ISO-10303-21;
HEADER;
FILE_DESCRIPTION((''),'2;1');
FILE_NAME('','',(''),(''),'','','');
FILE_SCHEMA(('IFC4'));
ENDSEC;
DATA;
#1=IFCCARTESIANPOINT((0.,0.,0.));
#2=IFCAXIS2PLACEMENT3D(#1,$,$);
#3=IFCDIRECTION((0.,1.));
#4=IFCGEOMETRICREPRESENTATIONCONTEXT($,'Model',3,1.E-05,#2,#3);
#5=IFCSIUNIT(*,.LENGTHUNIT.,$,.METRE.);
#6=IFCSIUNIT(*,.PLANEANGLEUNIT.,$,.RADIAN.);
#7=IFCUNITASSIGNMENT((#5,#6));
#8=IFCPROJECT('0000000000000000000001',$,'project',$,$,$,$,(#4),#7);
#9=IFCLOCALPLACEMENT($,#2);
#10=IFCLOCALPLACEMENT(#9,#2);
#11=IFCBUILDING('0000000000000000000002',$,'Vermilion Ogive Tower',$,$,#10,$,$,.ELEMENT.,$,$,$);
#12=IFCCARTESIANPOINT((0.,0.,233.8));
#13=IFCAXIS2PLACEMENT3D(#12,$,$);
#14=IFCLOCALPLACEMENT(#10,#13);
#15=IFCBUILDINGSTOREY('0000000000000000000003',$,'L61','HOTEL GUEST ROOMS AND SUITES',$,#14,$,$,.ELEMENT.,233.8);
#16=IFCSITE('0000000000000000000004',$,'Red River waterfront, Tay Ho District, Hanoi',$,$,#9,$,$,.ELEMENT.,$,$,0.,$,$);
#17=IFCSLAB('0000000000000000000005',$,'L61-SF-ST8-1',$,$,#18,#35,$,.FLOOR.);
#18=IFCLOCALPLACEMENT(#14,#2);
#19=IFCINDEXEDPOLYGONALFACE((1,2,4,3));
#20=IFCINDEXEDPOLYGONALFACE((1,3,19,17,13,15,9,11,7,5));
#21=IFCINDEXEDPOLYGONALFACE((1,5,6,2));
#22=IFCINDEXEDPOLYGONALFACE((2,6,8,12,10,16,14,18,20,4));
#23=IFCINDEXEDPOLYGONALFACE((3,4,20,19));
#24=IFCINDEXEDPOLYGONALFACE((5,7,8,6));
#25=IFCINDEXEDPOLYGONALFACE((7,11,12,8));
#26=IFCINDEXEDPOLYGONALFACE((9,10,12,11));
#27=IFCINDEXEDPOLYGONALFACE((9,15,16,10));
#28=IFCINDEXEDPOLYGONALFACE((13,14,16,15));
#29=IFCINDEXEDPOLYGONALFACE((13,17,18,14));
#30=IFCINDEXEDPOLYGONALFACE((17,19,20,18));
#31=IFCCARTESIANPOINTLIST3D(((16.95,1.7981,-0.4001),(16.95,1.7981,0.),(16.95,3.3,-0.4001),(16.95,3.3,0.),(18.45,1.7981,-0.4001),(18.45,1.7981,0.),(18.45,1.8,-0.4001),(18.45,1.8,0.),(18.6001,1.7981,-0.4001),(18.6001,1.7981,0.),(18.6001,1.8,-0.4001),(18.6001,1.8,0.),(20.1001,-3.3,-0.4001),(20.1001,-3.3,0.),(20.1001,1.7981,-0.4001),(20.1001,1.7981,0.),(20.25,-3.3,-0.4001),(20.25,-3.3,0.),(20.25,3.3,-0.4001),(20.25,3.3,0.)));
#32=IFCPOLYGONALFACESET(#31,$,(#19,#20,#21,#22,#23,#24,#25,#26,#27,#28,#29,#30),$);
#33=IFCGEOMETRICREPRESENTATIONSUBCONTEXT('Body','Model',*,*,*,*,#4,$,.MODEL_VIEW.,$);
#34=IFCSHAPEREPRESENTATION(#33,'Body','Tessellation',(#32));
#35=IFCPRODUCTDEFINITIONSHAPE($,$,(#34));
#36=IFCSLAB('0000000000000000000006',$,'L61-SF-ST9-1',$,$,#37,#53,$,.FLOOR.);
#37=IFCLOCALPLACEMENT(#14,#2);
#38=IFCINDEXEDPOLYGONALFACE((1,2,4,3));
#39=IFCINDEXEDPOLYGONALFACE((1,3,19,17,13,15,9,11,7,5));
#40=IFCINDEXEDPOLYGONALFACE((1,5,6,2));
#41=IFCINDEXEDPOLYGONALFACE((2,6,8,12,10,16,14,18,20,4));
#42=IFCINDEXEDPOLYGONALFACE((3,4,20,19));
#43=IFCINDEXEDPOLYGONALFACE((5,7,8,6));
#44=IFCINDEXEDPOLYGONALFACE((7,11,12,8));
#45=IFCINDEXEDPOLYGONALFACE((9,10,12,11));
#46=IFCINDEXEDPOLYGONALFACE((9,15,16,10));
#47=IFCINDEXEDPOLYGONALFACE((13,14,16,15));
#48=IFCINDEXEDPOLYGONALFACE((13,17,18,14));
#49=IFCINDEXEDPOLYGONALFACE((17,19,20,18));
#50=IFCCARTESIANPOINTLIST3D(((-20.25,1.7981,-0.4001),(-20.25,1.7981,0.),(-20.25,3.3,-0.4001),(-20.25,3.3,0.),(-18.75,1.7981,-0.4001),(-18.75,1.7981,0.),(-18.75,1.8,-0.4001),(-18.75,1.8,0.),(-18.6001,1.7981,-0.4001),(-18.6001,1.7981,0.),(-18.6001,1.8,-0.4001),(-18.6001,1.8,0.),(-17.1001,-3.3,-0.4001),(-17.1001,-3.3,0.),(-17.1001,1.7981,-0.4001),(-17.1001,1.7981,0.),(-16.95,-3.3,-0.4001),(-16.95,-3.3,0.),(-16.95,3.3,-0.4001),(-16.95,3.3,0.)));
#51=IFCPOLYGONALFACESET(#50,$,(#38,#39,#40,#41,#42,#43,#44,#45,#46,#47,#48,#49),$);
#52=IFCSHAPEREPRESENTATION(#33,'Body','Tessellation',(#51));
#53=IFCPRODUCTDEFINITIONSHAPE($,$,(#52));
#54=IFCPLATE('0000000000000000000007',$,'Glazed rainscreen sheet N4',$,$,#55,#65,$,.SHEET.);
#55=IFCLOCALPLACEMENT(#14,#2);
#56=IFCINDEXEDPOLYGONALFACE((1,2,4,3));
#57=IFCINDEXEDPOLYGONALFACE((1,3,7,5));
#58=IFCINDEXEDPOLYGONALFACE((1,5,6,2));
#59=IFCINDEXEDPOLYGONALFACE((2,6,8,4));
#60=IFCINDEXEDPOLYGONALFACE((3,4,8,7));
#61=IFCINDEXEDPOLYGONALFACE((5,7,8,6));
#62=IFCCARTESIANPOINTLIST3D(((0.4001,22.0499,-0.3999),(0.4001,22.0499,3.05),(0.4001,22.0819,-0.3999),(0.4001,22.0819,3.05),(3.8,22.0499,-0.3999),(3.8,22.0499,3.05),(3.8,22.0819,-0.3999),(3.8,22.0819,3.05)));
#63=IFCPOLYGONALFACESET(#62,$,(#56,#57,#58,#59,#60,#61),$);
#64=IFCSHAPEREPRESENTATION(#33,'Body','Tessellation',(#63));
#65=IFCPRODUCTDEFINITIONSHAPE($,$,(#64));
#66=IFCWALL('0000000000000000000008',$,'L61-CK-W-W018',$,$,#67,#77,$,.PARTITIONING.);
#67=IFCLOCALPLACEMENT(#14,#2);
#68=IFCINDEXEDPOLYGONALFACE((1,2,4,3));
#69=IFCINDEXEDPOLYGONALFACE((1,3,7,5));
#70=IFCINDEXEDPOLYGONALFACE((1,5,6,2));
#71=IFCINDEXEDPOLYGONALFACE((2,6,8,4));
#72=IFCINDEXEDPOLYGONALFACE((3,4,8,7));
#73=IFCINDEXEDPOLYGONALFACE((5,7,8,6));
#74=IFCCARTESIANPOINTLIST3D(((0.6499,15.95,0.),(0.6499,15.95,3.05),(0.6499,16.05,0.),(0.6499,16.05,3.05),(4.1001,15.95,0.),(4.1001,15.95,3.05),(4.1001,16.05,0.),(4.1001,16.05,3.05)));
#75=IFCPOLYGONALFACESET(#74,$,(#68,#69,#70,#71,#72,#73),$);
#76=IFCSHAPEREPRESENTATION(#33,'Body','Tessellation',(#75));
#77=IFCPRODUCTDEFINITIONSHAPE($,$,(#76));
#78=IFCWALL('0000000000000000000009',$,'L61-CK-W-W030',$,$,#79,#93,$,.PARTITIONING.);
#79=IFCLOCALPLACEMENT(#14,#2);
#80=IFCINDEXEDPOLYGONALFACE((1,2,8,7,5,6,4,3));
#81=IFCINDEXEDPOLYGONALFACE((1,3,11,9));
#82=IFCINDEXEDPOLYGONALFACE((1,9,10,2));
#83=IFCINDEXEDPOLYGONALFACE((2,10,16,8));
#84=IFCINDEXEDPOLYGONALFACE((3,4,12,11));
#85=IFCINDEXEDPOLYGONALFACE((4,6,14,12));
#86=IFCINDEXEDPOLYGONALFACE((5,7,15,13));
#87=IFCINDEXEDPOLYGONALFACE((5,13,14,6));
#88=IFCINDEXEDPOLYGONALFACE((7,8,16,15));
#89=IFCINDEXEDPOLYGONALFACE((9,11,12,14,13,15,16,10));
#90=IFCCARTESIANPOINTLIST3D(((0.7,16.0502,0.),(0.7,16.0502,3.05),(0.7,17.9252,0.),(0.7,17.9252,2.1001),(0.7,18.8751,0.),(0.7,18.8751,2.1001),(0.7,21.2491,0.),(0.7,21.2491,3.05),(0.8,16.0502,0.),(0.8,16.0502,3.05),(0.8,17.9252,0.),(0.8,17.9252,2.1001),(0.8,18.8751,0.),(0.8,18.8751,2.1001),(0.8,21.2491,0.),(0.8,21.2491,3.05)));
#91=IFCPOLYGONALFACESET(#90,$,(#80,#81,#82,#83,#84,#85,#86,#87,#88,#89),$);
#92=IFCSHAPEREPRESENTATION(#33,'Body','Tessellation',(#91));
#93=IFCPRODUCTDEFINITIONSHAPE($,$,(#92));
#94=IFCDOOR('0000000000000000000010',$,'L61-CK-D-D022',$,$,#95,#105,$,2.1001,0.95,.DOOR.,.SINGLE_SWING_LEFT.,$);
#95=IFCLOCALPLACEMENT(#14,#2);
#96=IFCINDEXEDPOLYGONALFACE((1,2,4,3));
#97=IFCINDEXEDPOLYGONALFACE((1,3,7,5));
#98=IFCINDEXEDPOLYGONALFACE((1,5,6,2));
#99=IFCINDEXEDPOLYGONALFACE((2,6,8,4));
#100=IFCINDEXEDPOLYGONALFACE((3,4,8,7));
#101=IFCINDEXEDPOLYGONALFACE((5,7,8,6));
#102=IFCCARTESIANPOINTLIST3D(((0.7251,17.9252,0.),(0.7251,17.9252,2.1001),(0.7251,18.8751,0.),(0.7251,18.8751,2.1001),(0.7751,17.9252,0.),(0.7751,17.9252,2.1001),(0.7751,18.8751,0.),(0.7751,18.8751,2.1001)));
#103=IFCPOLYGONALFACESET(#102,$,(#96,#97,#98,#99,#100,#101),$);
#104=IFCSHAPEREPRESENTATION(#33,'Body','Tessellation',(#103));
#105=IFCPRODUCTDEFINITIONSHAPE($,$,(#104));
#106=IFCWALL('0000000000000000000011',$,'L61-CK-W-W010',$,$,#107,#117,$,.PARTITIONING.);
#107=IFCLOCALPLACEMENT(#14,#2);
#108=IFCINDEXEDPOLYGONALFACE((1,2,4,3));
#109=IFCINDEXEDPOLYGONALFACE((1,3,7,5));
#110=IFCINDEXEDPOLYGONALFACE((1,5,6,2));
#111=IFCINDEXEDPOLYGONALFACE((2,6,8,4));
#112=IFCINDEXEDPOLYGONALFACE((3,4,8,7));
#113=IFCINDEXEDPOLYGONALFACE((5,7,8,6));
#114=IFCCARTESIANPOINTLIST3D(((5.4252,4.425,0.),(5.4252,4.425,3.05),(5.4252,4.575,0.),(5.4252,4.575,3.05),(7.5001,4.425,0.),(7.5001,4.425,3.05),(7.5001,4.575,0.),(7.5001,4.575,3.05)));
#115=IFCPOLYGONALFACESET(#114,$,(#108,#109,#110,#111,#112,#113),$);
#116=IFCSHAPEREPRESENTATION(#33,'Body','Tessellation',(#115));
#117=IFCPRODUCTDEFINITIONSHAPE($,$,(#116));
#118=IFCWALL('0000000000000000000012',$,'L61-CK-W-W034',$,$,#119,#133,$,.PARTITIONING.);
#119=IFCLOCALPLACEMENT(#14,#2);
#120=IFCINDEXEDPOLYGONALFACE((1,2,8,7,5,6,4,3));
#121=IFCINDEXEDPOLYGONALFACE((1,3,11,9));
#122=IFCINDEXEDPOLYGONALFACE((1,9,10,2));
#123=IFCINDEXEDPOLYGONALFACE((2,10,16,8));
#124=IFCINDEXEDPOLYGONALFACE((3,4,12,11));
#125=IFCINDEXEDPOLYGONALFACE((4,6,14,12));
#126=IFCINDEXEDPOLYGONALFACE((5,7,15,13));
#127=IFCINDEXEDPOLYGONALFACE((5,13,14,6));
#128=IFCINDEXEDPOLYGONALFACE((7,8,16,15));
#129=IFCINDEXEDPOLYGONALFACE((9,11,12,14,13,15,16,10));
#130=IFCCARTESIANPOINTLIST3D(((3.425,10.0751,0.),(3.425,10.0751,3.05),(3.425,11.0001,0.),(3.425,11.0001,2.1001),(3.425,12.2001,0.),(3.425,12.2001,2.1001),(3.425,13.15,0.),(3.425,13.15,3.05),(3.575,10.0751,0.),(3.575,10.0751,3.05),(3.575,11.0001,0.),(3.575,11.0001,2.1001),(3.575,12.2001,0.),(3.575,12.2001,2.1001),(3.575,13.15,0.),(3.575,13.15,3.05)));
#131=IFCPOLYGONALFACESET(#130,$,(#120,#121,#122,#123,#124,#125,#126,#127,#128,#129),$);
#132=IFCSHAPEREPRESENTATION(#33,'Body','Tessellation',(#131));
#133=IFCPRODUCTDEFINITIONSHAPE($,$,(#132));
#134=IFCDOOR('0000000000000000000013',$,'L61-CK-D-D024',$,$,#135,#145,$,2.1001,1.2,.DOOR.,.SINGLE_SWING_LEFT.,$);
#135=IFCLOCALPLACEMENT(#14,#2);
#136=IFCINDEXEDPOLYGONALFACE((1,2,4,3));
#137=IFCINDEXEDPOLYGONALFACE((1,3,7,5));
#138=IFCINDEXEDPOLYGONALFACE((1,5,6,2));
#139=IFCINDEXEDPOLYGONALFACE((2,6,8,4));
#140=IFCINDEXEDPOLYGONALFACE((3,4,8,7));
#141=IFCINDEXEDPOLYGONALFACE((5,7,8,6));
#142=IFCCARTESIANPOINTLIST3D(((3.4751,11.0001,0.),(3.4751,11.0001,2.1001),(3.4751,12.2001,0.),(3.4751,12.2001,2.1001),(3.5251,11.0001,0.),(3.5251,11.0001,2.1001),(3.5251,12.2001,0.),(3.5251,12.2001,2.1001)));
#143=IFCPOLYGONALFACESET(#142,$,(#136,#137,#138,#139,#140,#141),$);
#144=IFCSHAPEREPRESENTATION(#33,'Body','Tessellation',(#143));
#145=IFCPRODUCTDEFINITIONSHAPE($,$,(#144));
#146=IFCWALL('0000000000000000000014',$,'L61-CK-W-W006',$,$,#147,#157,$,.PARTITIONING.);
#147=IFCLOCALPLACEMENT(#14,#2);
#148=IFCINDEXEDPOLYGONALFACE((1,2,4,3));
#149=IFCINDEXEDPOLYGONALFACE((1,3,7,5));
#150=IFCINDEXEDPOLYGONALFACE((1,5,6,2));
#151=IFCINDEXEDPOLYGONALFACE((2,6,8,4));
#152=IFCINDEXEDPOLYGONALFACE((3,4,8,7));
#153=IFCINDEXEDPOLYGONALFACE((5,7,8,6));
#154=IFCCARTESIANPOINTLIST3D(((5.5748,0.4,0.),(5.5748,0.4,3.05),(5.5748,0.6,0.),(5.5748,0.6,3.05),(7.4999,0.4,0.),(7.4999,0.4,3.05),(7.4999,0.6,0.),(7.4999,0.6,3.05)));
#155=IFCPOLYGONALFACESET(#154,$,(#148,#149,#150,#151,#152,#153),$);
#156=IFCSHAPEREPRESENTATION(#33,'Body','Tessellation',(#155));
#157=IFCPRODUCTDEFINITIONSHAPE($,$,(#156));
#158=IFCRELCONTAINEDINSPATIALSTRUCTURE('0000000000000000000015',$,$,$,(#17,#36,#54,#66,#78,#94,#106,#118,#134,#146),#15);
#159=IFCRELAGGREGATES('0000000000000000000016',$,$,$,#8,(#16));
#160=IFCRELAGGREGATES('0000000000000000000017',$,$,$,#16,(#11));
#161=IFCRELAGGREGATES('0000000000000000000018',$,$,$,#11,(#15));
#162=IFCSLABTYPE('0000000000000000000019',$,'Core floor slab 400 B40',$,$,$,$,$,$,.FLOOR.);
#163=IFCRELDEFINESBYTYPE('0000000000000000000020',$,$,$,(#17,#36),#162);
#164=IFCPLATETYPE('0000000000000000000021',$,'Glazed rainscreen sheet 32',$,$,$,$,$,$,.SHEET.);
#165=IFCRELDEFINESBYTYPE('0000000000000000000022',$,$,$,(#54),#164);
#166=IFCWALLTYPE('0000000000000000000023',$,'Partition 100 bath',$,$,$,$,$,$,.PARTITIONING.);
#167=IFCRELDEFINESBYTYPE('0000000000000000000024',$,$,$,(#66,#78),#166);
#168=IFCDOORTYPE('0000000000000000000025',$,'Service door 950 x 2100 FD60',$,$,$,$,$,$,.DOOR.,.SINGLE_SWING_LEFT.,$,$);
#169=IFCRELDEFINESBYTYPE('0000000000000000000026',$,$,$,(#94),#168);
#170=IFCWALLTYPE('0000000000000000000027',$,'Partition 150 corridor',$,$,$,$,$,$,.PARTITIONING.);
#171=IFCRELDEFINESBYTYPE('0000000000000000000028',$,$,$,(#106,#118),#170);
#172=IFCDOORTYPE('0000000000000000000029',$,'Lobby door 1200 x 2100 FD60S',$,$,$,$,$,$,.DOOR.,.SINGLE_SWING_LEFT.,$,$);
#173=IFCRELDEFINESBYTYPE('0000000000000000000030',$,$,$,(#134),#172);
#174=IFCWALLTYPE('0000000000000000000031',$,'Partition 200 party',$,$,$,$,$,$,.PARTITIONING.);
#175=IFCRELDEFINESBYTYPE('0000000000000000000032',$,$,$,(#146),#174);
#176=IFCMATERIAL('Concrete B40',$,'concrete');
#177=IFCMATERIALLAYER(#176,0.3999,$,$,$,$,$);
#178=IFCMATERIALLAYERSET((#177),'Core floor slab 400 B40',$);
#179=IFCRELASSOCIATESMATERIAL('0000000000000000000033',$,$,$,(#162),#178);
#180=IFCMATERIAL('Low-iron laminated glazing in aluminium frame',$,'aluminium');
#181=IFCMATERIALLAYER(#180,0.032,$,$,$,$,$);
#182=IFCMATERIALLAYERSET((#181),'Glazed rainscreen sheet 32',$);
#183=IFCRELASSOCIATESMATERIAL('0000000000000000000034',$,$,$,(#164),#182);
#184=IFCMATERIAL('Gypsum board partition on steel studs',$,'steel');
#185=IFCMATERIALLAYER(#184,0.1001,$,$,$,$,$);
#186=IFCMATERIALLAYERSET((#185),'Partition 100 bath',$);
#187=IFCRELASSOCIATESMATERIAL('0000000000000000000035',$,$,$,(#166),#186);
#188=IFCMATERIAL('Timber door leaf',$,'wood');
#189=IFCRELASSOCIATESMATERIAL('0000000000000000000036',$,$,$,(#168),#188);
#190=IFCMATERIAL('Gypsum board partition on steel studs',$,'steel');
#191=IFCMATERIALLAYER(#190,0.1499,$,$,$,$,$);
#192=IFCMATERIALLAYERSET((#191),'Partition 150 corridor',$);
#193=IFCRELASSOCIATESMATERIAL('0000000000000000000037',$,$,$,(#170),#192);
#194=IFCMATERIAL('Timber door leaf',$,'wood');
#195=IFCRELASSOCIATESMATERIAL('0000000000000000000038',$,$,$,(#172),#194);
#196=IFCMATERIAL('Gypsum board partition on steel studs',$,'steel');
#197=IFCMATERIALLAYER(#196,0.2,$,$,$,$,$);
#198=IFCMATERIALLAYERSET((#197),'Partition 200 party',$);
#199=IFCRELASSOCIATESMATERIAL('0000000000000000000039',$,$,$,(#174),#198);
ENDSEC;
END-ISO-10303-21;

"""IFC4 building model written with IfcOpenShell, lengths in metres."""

from ifc_helpers import new_model, si_unit, direction, frame, frame_2d, origin, origin_2d, place, context, subcontext, project, spatial, polyline, rectangle, outline, extrude, material, layer, layer_set, type_object, element, fill, save


model = new_model("IFC4")

# Units and contexts
model_context = context("Model", 3, precision=1e-05, world=origin(), true_north=direction((0.0, 1.0)))
body_context = subcontext(model_context, "Body", "Model", "MODEL_VIEW")
ifc_project = project(units=[si_unit("LENGTHUNIT", "METRE"), si_unit("PLANEANGLEUNIT", "RADIAN")], contexts=[model_context])

# Site, building, storey
site_placement = place(None, origin())
site = spatial("IfcSite", under=ifc_project, at=site_placement, Name="Red River waterfront, Tay Ho District, Hanoi", CompositionType="ELEMENT", RefElevation=0.0)
building_placement = place(site_placement, origin())
building = spatial("IfcBuilding", under=site, at=building_placement, Name="Vermilion Ogive Tower", CompositionType="ELEMENT")
storey_placement = place(building_placement, frame((0.0, 0.0, 233.8)))
storey = spatial("IfcBuildingStorey", under=building, at=storey_placement, Name="L61", Description="HOTEL GUEST ROOMS AND SUITES", CompositionType="ELEMENT", Elevation=233.8)

# Slabs
ifc_material_1 = material(Name="Concrete B40", Category="concrete")
ifc_layer_1 = layer(ifc_material_1, 0.3999)
ifc_layer_set_1 = layer_set([ifc_layer_1], Name="Core floor slab 400 B40")
slab_type = type_object("IfcSlabType", Name="Core floor slab 400 B40", PredefinedType="FLOOR", material=ifc_layer_set_1)
slab_1_placement = place(storey_placement, frame((0.0, 0.0, -0.4001)))
element("IfcSlab", 1, at=slab_1_placement, inside=storey, type_object=slab_type, Name="L61-SF-ST8-1", PredefinedType="FLOOR", context=body_context, shape_type="SweptSolid", body=[
    extrude(outline(polyline([(16.95, 3.3), (16.95, 1.7981), (18.45, 1.7981), (18.45, 1.8), (18.6001, 1.8), (18.6001, 1.7981), (20.1001, 1.7981), (20.1001, -3.3), (20.25, -3.3), (20.25, 3.3), (16.95, 3.3)])), origin(), (0.0, 0.0, 1.0), 0.4001),
])
slab_2_placement = place(storey_placement, frame((0.0, 0.0, -0.4001)))
element("IfcSlab", 2, at=slab_2_placement, inside=storey, type_object=slab_type, Name="L61-SF-ST9-1", PredefinedType="FLOOR", context=body_context, shape_type="SweptSolid", body=[
    extrude(outline(polyline([(-20.25, 3.3), (-20.25, 1.7981), (-18.75, 1.7981), (-18.75, 1.8), (-18.6001, 1.8), (-18.6001, 1.7981), (-17.1001, 1.7981), (-17.1001, -3.3), (-16.95, -3.3), (-16.95, 3.3), (-20.25, 3.3)])), origin(), (0.0, 0.0, 1.0), 0.4001),
])

# Plate
ifc_material_2 = material(Name="Low-iron laminated glazing in aluminium frame", Category="aluminium")
ifc_layer_2 = layer(ifc_material_2, 0.032)
ifc_layer_set_2 = layer_set([ifc_layer_2], Name="Glazed rainscreen sheet 32")
plate_type = type_object("IfcPlateType", Name="Glazed rainscreen sheet 32", PredefinedType="SHEET", material=ifc_layer_set_2)
plate_placement = place(storey_placement, frame((2.1001, 22.0659, -0.3999), z_axis=(0.0, 0.0, 1.0), x_axis=(1.0, 0.0, 0.0)))
element("IfcPlate", 3, at=plate_placement, inside=storey, type_object=plate_type, Name="Glazed rainscreen sheet N4", PredefinedType="SHEET", context=body_context, shape_type="SweptSolid", body=[
    extrude(rectangle(XDim=3.3999, YDim=0.032, at=origin_2d()), origin(), (0.0, 0.0, 1.0), 3.45),
])

# Wall
ifc_material_3 = material(Name="Gypsum board partition on steel studs", Category="steel")
ifc_layer_3 = layer(ifc_material_3, 0.1001)
ifc_layer_set_3 = layer_set([ifc_layer_3], Name="Partition 100 bath")
wall_type_1 = type_object("IfcWallType", Name="Partition 100 bath", PredefinedType="PARTITIONING", material=ifc_layer_set_3)
wall_1_placement = place(storey_placement, frame((0.6499, 16.0, 0.0), z_axis=(0.0, 0.0, 1.0), x_axis=(1.0, 0.0, 0.0)))
element("IfcWall", 4, at=wall_1_placement, inside=storey, type_object=wall_type_1, Name="L61-CK-W-W018", PredefinedType="PARTITIONING", context=body_context, shape_type="SweptSolid", body=[
    extrude(rectangle(XDim=3.4502, YDim=0.1001, at=frame_2d((1.7251, 0.0))), origin(), (0.0, 0.0, 1.0), 3.05),
])

# Wall, opening, door
wall_2_placement = place(storey_placement, frame((0.75, 16.05, 0.0), z_axis=(0.0, 0.0, 1.0), x_axis=(0.0, 1.0, 0.0)))
wall_2 = element("IfcWall", 5, at=wall_2_placement, inside=storey, type_object=wall_type_1, Name="L61-CK-W-W030", PredefinedType="PARTITIONING", context=body_context, shape_type="SweptSolid", body=[
    extrude(rectangle(XDim=5.199, YDim=0.1001, at=frame_2d((2.5996, 0.0))), origin(), (0.0, 0.0, 1.0), 3.05),
])
opening_1_placement = place(wall_2_placement, frame((1.875, 0.0, 0.0)))
opening_1 = element("IfcOpeningElement", 6, at=opening_1_placement, cuts=wall_2, PredefinedType="OPENING", context=body_context, shape_type="SweptSolid", body=[
    extrude(rectangle(XDim=0.95, YDim=2.1001, at=frame_2d((0.4751, 1.05))), frame((0.0, 0.0601, 0.0), z_axis=(0.0, -1.0, 0.0), x_axis=(1.0, 0.0, 0.0)), (0.0, 0.0, 1.0), 0.1201),
])
ifc_material_4 = material(Name="Timber door leaf", Category="wood")
door_type_1 = type_object("IfcDoorType", Name="Service door 950 x 2100 FD60", OperationType="SINGLE_SWING_LEFT", PredefinedType="DOOR", material=ifc_material_4)
door_1_placement = place(opening_1_placement, origin())
door_1 = element("IfcDoor", 7, at=door_1_placement, inside=storey, type_object=door_type_1, Name="L61-CK-D-D022", OperationType="SINGLE_SWING_LEFT", OverallHeight=2.1001, OverallWidth=0.95, PredefinedType="DOOR", context=body_context, shape_type="SweptSolid", body=[
    extrude(rectangle(XDim=0.95, YDim=2.1001, at=frame_2d((0.4751, 1.05))), frame((0.0, 0.0249, 0.0), z_axis=(0.0, -1.0, 0.0), x_axis=(1.0, 0.0, 0.0)), (0.0, 0.0, 1.0), 0.05),
])
fill(opening_1, door_1)

# Wall
ifc_material_5 = material(Name="Gypsum board partition on steel studs", Category="steel")
ifc_layer_4 = layer(ifc_material_5, 0.1499)
ifc_layer_set_4 = layer_set([ifc_layer_4], Name="Partition 150 corridor")
wall_type_2 = type_object("IfcWallType", Name="Partition 150 corridor", PredefinedType="PARTITIONING", material=ifc_layer_set_4)
wall_3_placement = place(storey_placement, frame((5.425, 4.5, 0.0), z_axis=(0.0, 0.0, 1.0), x_axis=(1.0, 0.0, 0.0)))
element("IfcWall", 8, at=wall_3_placement, inside=storey, type_object=wall_type_2, Name="L61-CK-W-W010", PredefinedType="PARTITIONING", context=body_context, shape_type="SweptSolid", body=[
    extrude(rectangle(XDim=2.075, YDim=0.1499, at=frame_2d((1.0376, 0.0))), origin(), (0.0, 0.0, 1.0), 3.05),
])

# Wall, opening, door
wall_4_placement = place(storey_placement, frame((3.5, 10.075, 0.0), z_axis=(0.0, 0.0, 1.0), x_axis=(0.0, 1.0, 0.0)))
wall_4 = element("IfcWall", 9, at=wall_4_placement, inside=storey, type_object=wall_type_2, Name="L61-CK-W-W034", PredefinedType="PARTITIONING", context=body_context, shape_type="SweptSolid", body=[
    extrude(rectangle(XDim=3.075, YDim=0.1499, at=frame_2d((1.5376, 0.0))), origin(), (0.0, 0.0, 1.0), 3.05),
])
opening_2_placement = place(wall_4_placement, frame((0.925, 0.0, 0.0)))
opening_2 = element("IfcOpeningElement", 10, at=opening_2_placement, cuts=wall_4, PredefinedType="OPENING", context=body_context, shape_type="SweptSolid", body=[
    extrude(rectangle(XDim=1.2, YDim=2.1001, at=frame_2d((0.6001, 1.05))), frame((0.0, 0.085, 0.0), z_axis=(0.0, -1.0, 0.0), x_axis=(1.0, 0.0, 0.0)), (0.0, 0.0, 1.0), 0.1699),
])
ifc_material_6 = material(Name="Timber door leaf", Category="wood")
door_type_2 = type_object("IfcDoorType", Name="Lobby door 1200 x 2100 FD60S", OperationType="SINGLE_SWING_LEFT", PredefinedType="DOOR", material=ifc_material_6)
door_2_placement = place(opening_2_placement, origin())
door_2 = element("IfcDoor", 11, at=door_2_placement, inside=storey, type_object=door_type_2, Name="L61-CK-D-D024", OperationType="SINGLE_SWING_LEFT", OverallHeight=2.1001, OverallWidth=1.2, PredefinedType="DOOR", context=body_context, shape_type="SweptSolid", body=[
    extrude(rectangle(XDim=1.2, YDim=2.1001, at=frame_2d((0.6001, 1.05))), frame((0.0, 0.0249, 0.0), z_axis=(0.0, -1.0, 0.0), x_axis=(1.0, 0.0, 0.0)), (0.0, 0.0, 1.0), 0.05),
])
fill(opening_2, door_2)

# Wall
ifc_material_7 = material(Name="Gypsum board partition on steel studs", Category="steel")
ifc_layer_5 = layer(ifc_material_7, 0.2)
ifc_layer_set_5 = layer_set([ifc_layer_5], Name="Partition 200 party")
wall_type_3 = type_object("IfcWallType", Name="Partition 200 party", PredefinedType="PARTITIONING", material=ifc_layer_set_5)
wall_5_placement = place(storey_placement, frame((5.575, 0.5, 0.0), z_axis=(0.0, 0.0, 1.0), x_axis=(1.0, 0.0, 0.0)))
element("IfcWall", 12, at=wall_5_placement, inside=storey, type_object=wall_type_3, Name="L61-CK-W-W006", PredefinedType="PARTITIONING", context=body_context, shape_type="SweptSolid", body=[
    extrude(rectangle(XDim=1.925, YDim=0.2, at=frame_2d((0.9624, 0.0))), origin(), (0.0, 0.0, 1.0), 3.05),
])

save(model, "model.ifc")
